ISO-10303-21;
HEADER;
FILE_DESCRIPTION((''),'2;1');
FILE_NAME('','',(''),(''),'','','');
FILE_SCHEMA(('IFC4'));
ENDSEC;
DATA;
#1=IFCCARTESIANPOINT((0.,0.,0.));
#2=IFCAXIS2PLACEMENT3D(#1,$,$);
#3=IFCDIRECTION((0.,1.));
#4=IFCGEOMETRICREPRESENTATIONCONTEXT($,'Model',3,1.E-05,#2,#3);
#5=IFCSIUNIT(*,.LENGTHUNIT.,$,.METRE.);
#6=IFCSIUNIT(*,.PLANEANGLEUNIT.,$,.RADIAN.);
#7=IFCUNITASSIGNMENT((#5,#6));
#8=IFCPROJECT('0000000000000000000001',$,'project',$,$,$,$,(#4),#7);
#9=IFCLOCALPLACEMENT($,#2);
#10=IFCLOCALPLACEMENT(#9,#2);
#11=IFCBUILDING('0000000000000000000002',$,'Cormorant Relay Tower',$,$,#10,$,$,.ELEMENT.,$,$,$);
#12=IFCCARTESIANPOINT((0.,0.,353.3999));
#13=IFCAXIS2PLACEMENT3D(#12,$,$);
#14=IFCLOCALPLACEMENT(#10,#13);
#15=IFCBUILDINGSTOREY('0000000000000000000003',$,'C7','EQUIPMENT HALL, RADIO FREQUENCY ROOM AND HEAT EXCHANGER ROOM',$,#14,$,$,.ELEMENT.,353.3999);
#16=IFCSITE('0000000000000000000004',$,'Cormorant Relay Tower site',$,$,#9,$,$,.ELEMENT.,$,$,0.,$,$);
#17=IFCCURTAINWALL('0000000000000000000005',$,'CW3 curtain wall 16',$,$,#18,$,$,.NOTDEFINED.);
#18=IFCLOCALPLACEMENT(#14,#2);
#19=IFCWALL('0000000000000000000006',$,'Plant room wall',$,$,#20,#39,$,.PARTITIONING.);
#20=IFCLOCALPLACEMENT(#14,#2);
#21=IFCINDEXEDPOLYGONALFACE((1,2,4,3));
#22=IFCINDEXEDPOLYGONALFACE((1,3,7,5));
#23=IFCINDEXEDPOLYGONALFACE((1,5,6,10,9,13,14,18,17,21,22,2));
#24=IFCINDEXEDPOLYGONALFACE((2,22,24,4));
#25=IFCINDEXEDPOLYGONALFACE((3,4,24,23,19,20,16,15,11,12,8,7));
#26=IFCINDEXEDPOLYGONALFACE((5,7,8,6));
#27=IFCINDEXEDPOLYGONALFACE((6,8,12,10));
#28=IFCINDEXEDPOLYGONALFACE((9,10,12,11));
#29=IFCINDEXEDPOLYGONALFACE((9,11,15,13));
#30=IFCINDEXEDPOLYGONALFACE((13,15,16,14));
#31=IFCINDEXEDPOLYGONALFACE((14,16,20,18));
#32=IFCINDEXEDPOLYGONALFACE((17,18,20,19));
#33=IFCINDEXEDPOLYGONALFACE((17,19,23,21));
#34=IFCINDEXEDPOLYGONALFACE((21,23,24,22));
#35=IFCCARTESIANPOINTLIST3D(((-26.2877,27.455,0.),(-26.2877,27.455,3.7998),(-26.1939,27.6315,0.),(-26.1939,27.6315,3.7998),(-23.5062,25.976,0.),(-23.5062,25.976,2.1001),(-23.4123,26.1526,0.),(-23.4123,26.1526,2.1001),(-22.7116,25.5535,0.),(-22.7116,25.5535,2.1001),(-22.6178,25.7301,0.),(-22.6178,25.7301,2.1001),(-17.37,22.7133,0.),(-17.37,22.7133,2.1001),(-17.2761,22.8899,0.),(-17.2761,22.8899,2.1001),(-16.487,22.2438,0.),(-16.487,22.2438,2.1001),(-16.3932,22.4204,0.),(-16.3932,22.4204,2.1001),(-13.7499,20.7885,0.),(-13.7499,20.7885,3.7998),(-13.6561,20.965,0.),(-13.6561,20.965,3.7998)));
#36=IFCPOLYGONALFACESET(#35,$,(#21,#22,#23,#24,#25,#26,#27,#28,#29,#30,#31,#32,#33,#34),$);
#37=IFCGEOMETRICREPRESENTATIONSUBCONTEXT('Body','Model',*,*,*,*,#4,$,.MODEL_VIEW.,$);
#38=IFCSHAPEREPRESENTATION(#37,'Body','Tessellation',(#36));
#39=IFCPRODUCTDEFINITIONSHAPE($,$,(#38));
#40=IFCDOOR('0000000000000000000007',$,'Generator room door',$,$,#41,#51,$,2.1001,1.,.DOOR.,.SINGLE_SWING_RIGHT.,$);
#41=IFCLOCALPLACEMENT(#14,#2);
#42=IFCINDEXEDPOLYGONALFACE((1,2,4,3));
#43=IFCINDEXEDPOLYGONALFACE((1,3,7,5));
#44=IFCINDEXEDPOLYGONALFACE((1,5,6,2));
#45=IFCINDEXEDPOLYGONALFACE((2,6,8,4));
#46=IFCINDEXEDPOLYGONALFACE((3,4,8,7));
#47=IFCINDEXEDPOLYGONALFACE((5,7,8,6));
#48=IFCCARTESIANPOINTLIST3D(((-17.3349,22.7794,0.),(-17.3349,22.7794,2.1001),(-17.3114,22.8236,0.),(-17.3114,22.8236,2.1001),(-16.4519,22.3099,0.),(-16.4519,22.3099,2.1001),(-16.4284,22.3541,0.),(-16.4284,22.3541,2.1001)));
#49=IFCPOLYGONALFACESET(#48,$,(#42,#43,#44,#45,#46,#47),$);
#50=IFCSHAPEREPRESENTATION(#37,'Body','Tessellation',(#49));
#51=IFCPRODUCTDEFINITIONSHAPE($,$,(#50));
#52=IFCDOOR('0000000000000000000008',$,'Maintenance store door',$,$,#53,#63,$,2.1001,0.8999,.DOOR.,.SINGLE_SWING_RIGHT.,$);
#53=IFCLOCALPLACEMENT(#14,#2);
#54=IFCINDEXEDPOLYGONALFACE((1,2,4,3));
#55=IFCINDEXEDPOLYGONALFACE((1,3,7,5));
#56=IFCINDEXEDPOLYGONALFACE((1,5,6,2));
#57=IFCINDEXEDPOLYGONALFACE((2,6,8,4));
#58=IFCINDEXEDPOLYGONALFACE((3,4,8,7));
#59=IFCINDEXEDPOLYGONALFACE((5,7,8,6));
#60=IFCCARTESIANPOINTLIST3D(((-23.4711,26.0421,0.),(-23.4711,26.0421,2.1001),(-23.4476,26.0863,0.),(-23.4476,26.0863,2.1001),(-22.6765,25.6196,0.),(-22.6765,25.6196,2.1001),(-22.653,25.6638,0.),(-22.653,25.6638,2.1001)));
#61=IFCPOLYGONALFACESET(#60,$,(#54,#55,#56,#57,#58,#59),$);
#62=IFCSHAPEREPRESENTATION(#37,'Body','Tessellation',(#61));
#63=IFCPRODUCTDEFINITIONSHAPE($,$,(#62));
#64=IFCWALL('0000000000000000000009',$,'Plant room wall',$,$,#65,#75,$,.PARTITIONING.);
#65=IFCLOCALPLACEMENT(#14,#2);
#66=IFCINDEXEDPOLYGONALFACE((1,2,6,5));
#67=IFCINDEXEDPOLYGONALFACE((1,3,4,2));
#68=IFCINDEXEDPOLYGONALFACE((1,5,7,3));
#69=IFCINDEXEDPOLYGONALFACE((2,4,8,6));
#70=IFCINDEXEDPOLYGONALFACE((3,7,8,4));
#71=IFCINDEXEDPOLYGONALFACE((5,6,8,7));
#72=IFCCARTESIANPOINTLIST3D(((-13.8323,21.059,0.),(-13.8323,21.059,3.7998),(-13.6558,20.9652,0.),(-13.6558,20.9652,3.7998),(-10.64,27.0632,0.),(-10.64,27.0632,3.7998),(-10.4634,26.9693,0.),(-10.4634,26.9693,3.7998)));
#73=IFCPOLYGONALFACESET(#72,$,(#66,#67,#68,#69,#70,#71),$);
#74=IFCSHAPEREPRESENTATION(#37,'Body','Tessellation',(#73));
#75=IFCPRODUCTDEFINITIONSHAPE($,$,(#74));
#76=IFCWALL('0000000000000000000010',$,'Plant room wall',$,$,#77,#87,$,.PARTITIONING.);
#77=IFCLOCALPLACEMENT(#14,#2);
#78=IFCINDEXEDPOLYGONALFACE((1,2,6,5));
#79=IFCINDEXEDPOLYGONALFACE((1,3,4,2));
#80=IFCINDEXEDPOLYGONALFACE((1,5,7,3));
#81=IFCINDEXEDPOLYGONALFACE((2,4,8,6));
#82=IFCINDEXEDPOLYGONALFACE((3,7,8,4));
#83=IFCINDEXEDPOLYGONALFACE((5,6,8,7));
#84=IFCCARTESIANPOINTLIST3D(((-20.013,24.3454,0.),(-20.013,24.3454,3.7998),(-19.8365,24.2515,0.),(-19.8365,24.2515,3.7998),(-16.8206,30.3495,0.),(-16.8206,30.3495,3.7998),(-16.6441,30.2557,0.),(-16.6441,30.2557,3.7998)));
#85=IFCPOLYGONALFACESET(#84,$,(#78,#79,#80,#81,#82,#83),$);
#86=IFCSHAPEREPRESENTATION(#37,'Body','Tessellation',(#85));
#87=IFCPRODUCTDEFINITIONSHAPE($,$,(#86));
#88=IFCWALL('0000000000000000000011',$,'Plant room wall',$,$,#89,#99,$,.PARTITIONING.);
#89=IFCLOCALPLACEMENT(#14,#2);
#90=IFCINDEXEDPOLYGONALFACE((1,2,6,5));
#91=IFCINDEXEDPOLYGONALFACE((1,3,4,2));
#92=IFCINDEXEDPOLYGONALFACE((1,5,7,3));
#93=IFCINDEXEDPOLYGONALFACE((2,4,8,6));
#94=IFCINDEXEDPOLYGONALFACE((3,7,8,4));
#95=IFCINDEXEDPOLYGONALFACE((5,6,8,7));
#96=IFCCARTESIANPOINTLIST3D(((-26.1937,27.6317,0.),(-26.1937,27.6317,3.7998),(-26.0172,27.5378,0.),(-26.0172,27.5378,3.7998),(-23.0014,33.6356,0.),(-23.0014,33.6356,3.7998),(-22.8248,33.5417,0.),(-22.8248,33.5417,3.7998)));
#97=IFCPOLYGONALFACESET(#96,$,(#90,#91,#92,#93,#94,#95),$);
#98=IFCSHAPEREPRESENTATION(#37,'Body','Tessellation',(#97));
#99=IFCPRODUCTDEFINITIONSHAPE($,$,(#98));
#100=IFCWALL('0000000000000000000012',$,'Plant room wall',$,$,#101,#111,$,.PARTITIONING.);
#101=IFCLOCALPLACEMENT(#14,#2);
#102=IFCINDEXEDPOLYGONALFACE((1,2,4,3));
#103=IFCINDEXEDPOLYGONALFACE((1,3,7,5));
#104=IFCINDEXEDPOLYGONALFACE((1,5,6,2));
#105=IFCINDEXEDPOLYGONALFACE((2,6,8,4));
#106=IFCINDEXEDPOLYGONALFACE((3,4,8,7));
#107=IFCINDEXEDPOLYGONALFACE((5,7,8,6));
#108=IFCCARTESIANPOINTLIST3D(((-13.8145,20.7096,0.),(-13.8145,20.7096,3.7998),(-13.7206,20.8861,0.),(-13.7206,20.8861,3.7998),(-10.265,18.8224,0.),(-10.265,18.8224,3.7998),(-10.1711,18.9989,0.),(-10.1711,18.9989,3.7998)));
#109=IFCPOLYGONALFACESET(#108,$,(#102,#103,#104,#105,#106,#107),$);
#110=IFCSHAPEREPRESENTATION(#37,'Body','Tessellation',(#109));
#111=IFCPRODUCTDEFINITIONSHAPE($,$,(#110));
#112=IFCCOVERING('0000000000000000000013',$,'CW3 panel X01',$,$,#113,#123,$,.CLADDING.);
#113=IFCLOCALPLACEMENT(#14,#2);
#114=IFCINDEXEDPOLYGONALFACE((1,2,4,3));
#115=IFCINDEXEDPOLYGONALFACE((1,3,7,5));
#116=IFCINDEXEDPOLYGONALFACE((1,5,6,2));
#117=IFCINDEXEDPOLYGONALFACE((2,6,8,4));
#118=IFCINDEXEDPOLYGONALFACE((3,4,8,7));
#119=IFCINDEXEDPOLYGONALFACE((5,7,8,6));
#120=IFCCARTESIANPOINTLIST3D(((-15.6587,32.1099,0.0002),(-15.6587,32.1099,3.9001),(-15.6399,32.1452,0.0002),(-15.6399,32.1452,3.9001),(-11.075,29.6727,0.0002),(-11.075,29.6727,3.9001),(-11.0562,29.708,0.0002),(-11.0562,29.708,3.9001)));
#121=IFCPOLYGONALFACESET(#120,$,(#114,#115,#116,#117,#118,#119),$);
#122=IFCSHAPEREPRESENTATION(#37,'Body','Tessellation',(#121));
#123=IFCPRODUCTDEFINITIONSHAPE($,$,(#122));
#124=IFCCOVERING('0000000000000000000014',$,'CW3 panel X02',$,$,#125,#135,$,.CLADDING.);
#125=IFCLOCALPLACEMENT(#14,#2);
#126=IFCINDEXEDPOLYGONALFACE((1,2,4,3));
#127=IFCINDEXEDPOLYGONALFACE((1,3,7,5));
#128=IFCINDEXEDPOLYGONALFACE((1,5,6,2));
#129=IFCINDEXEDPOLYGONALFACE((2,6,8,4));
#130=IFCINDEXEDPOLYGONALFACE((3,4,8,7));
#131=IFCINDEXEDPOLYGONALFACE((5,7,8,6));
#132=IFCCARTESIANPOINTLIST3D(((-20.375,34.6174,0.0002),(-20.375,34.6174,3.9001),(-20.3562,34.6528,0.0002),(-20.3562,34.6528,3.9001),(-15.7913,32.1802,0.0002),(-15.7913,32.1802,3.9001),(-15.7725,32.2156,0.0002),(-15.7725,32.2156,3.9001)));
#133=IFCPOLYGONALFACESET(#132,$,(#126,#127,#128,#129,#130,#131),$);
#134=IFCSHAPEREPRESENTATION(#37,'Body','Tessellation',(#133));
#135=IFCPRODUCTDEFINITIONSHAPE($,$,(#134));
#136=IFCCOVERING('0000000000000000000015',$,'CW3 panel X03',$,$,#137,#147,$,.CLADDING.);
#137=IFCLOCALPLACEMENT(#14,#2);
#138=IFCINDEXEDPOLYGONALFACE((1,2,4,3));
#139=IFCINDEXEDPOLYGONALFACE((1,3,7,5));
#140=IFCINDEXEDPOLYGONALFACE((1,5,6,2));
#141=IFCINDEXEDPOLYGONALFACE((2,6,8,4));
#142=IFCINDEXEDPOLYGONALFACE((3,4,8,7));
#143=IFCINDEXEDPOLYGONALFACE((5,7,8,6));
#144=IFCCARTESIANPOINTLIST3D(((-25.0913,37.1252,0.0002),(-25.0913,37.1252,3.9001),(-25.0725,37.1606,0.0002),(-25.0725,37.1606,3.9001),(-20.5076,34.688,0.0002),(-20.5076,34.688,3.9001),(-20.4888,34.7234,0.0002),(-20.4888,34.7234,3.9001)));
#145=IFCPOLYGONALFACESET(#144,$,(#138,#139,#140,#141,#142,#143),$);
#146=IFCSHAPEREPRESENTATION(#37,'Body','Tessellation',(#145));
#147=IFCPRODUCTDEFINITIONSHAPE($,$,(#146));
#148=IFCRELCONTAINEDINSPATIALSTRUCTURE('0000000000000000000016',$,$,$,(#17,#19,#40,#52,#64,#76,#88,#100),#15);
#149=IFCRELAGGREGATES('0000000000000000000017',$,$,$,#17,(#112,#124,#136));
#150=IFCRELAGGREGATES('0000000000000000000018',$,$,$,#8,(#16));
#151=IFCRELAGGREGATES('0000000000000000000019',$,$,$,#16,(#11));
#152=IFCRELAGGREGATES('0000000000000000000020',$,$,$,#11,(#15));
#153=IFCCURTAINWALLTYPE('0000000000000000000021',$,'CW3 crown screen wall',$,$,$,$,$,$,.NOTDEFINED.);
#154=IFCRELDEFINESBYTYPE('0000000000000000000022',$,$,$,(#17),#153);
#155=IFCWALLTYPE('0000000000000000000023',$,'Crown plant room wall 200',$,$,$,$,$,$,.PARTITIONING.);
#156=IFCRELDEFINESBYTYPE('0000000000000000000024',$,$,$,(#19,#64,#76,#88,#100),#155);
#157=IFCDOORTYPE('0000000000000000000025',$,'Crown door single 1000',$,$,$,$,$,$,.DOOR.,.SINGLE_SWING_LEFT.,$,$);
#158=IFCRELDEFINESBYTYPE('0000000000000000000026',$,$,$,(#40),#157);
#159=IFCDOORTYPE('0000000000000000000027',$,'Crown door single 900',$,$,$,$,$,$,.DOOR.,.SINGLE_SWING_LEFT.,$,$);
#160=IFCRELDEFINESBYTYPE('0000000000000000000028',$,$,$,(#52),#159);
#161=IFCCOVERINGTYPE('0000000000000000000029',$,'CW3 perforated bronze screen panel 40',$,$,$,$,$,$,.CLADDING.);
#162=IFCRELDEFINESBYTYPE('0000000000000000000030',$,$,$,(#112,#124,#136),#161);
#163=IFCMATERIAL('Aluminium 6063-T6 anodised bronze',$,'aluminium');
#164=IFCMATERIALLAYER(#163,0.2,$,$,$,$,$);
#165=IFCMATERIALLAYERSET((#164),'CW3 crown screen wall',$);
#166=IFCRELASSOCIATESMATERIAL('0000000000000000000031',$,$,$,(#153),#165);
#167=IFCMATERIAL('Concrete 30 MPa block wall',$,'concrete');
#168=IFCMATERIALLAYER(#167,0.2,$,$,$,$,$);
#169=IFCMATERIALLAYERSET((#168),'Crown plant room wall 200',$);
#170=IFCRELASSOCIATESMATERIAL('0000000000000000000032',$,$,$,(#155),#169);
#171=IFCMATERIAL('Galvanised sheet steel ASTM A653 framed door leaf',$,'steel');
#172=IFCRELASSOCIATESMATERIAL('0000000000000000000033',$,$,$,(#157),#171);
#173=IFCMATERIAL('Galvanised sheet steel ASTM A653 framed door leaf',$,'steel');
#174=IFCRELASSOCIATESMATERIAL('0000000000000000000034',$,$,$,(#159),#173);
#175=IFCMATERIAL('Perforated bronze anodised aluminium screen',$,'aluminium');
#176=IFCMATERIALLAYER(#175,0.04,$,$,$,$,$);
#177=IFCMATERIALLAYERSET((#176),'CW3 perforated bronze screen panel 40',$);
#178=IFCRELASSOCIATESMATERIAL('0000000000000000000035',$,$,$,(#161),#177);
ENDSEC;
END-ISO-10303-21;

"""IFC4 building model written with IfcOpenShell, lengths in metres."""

from ifc_helpers import new_model, si_unit, direction, frame, frame_2d, origin, origin_2d, place, context, subcontext, project, spatial, rectangle, extrude, material, layer, layer_set, type_object, element, fill, aggregate, save


model = new_model("IFC4")

# Units and contexts
model_context = context("Model", 3, precision=1e-05, world=origin(), true_north=direction((0.0, 1.0)))
body_context = subcontext(model_context, "Body", "Model", "MODEL_VIEW")
ifc_project = project(units=[si_unit("LENGTHUNIT", "METRE"), si_unit("PLANEANGLEUNIT", "RADIAN")], contexts=[model_context])

# Site, building, storey
site_placement = place(None, origin())
site = spatial("IfcSite", under=ifc_project, at=site_placement, Name="Cormorant Relay Tower site", CompositionType="ELEMENT", RefElevation=0.0)
building_placement = place(site_placement, origin())
building = spatial("IfcBuilding", under=site, at=building_placement, Name="Cormorant Relay Tower", CompositionType="ELEMENT")
storey_placement = place(building_placement, frame((0.0, 0.0, 353.3999)))
storey = spatial("IfcBuildingStorey", under=building, at=storey_placement, Name="C7", Description="EQUIPMENT HALL, RADIO FREQUENCY ROOM AND HEAT EXCHANGER ROOM", CompositionType="ELEMENT", Elevation=353.3999)

# Curtain wall
ifc_material_1 = material(Name="Aluminium 6063-T6 anodised bronze", Category="aluminium")
ifc_layer_1 = layer(ifc_material_1, 0.2)
ifc_layer_set_1 = layer_set([ifc_layer_1], Name="CW3 crown screen wall")
curtain_wall_type = type_object("IfcCurtainWallType", Name="CW3 crown screen wall", PredefinedType="NOTDEFINED", material=ifc_layer_set_1)
curtain_wall_placement = place(storey_placement, origin())
curtain_wall = element("IfcCurtainWall", 1, at=curtain_wall_placement, inside=storey, type_object=curtain_wall_type, Name="CW3 curtain wall 16", PredefinedType="NOTDEFINED")

# Shared definitions
ifc_material_2 = material(Name="Concrete 30 MPa block wall", Category="concrete")
ifc_layer_2 = layer(ifc_material_2, 0.2)
ifc_layer_set_2 = layer_set([ifc_layer_2], Name="Crown plant room wall 200")
wall_type_1 = type_object("IfcWallType", Name="Crown plant room wall 200", PredefinedType="PARTITIONING", material=ifc_layer_set_2)

# Wall, openings, doors
wall_1_placement = place(storey_placement, frame((-13.7029, 20.8767, 0.0), z_axis=(0.0, 0.0, 1.0), x_axis=(-0.882947, 0.469472, 0.0)))
wall_1 = element("IfcWall", 2, at=wall_1_placement, inside=storey, type_object=wall_type_1, Name="Plant room wall", PredefinedType="PARTITIONING", context=body_context, shape_type="SweptSolid", body=[
    extrude(rectangle(XDim=14.2, YDim=0.2, at=frame_2d((7.1001, 0.0))), origin(), (0.0, 0.0, 1.0), 3.7998),
])
opening_1_placement = place(wall_1_placement, frame((3.1001, 0.0, 0.0)))
opening_1 = element("IfcOpeningElement", 3, at=opening_1_placement, cuts=wall_1, PredefinedType="OPENING", context=body_context, shape_type="SweptSolid", body=[
    extrude(rectangle(XDim=1.0, YDim=2.1001, at=frame_2d((0.5, 1.05))), frame((0.0, 0.1099, 0.0), z_axis=(0.0, -1.0, 0.0), x_axis=(1.0, 0.0, 0.0)), (0.0, 0.0, 1.0), 0.22),
])
opening_2_placement = place(wall_1_placement, frame((10.1499, 0.0, 0.0)))
opening_2 = element("IfcOpeningElement", 4, at=opening_2_placement, cuts=wall_1, PredefinedType="OPENING", context=body_context, shape_type="SweptSolid", body=[
    extrude(rectangle(XDim=0.8999, YDim=2.1001, at=frame_2d((0.45, 1.05))), frame((0.0, 0.1099, 0.0), z_axis=(0.0, -1.0, 0.0), x_axis=(1.0, 0.0, 0.0)), (0.0, 0.0, 1.0), 0.22),
])
ifc_material_3 = material(Name="Galvanised sheet steel ASTM A653 framed door leaf", Category="steel")
door_type_1 = type_object("IfcDoorType", Name="Crown door single 1000", OperationType="SINGLE_SWING_LEFT", PredefinedType="DOOR", material=ifc_material_3)
door_1_placement = place(opening_1_placement, frame((1.0, 0.0, 0.0), z_axis=(0.0, 0.0, 1.0), x_axis=(-1.0, 0.0, 0.0)))
door_1 = element("IfcDoor", 5, at=door_1_placement, inside=storey, type_object=door_type_1, Name="Generator room door", OperationType="SINGLE_SWING_RIGHT", OverallHeight=2.1001, OverallWidth=1.0, PredefinedType="DOOR", context=body_context, shape_type="SweptSolid", body=[
    extrude(rectangle(XDim=1.0, YDim=2.1001, at=frame_2d((0.5, 1.05))), frame((0.0, 0.0249, 0.0), z_axis=(0.0, -1.0, 0.0), x_axis=(1.0, 0.0, 0.0)), (0.0, 0.0, 1.0), 0.05),
])
fill(opening_1, door_1)
ifc_material_4 = material(Name="Galvanised sheet steel ASTM A653 framed door leaf", Category="steel")
door_type_2 = type_object("IfcDoorType", Name="Crown door single 900", OperationType="SINGLE_SWING_LEFT", PredefinedType="DOOR", material=ifc_material_4)
door_2_placement = place(opening_2_placement, frame((0.8999, 0.0, 0.0), z_axis=(0.0, 0.0, 1.0), x_axis=(-1.0, 0.0, 0.0)))
door_2 = element("IfcDoor", 6, at=door_2_placement, inside=storey, type_object=door_type_2, Name="Maintenance store door", OperationType="SINGLE_SWING_RIGHT", OverallHeight=2.1001, OverallWidth=0.8999, PredefinedType="DOOR", context=body_context, shape_type="SweptSolid", body=[
    extrude(rectangle(XDim=0.8999, YDim=2.1001, at=frame_2d((0.45, 1.05))), frame((0.0, 0.0249, 0.0), z_axis=(0.0, -1.0, 0.0), x_axis=(1.0, 0.0, 0.0)), (0.0, 0.0, 1.0), 0.05),
])
fill(opening_2, door_2)

# Walls
for number, where, z_axis, x_axis, name in (
    (7, (-10.5518, 27.0161, 0.0), (0.0, 0.0, 1.0), (-0.469462, -0.882953, 0.0), "Plant room wall"),
    (8, (-16.7324, 30.3025, 0.0), (0.0, 0.0, 1.0), (-0.469462, -0.882953, 0.0), "Plant room wall"),
):
    element("IfcWall", number, at=place(storey_placement, frame(where, z_axis=z_axis, x_axis=x_axis)), inside=storey, type_object=wall_type_1, Name=name, PredefinedType="PARTITIONING", context=body_context, shape_type="SweptSolid", body=[
        extrude(rectangle(XDim=6.8, YDim=0.2, at=frame_2d((3.3999, 0.0))), origin(), (0.0, 0.0, 1.0), 3.7998),
    ])
wall_2_placement = place(storey_placement, frame((-22.9131, 33.5886, 0.0), z_axis=(0.0, 0.0, 1.0), x_axis=(-0.469477, -0.882945, 0.0)))
element("IfcWall", 9, at=wall_2_placement, inside=storey, type_object=wall_type_1, Name="Plant room wall", PredefinedType="PARTITIONING", context=body_context, shape_type="SweptSolid", body=[
    extrude(rectangle(XDim=6.7998, YDim=0.2, at=frame_2d((3.3999, 0.0))), origin(), (0.0, 0.0, 1.0), 3.7998),
])
wall_3_placement = place(storey_placement, frame((-13.7676, 20.7979, 0.0), z_axis=(0.0, 0.0, 1.0), x_axis=(0.882961, -0.469447, 0.0)))
element("IfcWall", 10, at=wall_3_placement, inside=storey, type_object=wall_type_1, Name="Plant room wall", PredefinedType="PARTITIONING", context=body_context, shape_type="SweptSolid", body=[
    extrude(rectangle(XDim=4.02, YDim=0.2, at=frame_2d((2.01, 0.0))), origin(), (0.0, 0.0, 1.0), 3.7998),
])

# Coverings
ifc_material_5 = material(Name="Perforated bronze anodised aluminium screen", Category="aluminium")
ifc_layer_3 = layer(ifc_material_5, 0.04)
ifc_layer_set_3 = layer_set([ifc_layer_3], Name="CW3 perforated bronze screen panel 40")
covering_type = type_object("IfcCoveringType", Name="CW3 perforated bronze screen panel 40", PredefinedType="CLADDING", material=ifc_layer_set_3)
covering_1_placement = place(storey_placement, frame((-13.3574, 30.9089, 0.0002), z_axis=(0.0, 0.0, 1.0), x_axis=(-0.882948, 0.469472, 0.0)))
covering_1 = element("IfcCovering", 11, at=covering_1_placement, type_object=covering_type, Name="CW3 panel X01", PredefinedType="CLADDING", context=body_context, shape_type="SweptSolid", body=[
    extrude(rectangle(XDim=5.1914, YDim=0.04, at=origin_2d()), origin(), (0.0, 0.0, 1.0), 3.8999),
])
covering_2_placement = place(storey_placement, frame((-18.0737, 33.4165, 0.0002), z_axis=(0.0, 0.0, 1.0), x_axis=(-0.882948, 0.469472, 0.0)))
covering_2 = element("IfcCovering", 12, at=covering_2_placement, type_object=covering_type, Name="CW3 panel X02", PredefinedType="CLADDING", context=body_context, shape_type="SweptSolid", body=[
    extrude(rectangle(XDim=5.1914, YDim=0.04, at=origin_2d()), origin(), (0.0, 0.0, 1.0), 3.8999),
])
covering_3_placement = place(storey_placement, frame((-22.79, 35.9243, 0.0002), z_axis=(0.0, 0.0, 1.0), x_axis=(-0.882948, 0.469472, 0.0)))
covering_3 = element("IfcCovering", 13, at=covering_3_placement, type_object=covering_type, Name="CW3 panel X03", PredefinedType="CLADDING", context=body_context, shape_type="SweptSolid", body=[
    extrude(rectangle(XDim=5.1914, YDim=0.04, at=origin_2d()), origin(), (0.0, 0.0, 1.0), 3.8999),
])
aggregate(curtain_wall, [covering_1, covering_2, covering_3])

save(model, "model.ifc")
